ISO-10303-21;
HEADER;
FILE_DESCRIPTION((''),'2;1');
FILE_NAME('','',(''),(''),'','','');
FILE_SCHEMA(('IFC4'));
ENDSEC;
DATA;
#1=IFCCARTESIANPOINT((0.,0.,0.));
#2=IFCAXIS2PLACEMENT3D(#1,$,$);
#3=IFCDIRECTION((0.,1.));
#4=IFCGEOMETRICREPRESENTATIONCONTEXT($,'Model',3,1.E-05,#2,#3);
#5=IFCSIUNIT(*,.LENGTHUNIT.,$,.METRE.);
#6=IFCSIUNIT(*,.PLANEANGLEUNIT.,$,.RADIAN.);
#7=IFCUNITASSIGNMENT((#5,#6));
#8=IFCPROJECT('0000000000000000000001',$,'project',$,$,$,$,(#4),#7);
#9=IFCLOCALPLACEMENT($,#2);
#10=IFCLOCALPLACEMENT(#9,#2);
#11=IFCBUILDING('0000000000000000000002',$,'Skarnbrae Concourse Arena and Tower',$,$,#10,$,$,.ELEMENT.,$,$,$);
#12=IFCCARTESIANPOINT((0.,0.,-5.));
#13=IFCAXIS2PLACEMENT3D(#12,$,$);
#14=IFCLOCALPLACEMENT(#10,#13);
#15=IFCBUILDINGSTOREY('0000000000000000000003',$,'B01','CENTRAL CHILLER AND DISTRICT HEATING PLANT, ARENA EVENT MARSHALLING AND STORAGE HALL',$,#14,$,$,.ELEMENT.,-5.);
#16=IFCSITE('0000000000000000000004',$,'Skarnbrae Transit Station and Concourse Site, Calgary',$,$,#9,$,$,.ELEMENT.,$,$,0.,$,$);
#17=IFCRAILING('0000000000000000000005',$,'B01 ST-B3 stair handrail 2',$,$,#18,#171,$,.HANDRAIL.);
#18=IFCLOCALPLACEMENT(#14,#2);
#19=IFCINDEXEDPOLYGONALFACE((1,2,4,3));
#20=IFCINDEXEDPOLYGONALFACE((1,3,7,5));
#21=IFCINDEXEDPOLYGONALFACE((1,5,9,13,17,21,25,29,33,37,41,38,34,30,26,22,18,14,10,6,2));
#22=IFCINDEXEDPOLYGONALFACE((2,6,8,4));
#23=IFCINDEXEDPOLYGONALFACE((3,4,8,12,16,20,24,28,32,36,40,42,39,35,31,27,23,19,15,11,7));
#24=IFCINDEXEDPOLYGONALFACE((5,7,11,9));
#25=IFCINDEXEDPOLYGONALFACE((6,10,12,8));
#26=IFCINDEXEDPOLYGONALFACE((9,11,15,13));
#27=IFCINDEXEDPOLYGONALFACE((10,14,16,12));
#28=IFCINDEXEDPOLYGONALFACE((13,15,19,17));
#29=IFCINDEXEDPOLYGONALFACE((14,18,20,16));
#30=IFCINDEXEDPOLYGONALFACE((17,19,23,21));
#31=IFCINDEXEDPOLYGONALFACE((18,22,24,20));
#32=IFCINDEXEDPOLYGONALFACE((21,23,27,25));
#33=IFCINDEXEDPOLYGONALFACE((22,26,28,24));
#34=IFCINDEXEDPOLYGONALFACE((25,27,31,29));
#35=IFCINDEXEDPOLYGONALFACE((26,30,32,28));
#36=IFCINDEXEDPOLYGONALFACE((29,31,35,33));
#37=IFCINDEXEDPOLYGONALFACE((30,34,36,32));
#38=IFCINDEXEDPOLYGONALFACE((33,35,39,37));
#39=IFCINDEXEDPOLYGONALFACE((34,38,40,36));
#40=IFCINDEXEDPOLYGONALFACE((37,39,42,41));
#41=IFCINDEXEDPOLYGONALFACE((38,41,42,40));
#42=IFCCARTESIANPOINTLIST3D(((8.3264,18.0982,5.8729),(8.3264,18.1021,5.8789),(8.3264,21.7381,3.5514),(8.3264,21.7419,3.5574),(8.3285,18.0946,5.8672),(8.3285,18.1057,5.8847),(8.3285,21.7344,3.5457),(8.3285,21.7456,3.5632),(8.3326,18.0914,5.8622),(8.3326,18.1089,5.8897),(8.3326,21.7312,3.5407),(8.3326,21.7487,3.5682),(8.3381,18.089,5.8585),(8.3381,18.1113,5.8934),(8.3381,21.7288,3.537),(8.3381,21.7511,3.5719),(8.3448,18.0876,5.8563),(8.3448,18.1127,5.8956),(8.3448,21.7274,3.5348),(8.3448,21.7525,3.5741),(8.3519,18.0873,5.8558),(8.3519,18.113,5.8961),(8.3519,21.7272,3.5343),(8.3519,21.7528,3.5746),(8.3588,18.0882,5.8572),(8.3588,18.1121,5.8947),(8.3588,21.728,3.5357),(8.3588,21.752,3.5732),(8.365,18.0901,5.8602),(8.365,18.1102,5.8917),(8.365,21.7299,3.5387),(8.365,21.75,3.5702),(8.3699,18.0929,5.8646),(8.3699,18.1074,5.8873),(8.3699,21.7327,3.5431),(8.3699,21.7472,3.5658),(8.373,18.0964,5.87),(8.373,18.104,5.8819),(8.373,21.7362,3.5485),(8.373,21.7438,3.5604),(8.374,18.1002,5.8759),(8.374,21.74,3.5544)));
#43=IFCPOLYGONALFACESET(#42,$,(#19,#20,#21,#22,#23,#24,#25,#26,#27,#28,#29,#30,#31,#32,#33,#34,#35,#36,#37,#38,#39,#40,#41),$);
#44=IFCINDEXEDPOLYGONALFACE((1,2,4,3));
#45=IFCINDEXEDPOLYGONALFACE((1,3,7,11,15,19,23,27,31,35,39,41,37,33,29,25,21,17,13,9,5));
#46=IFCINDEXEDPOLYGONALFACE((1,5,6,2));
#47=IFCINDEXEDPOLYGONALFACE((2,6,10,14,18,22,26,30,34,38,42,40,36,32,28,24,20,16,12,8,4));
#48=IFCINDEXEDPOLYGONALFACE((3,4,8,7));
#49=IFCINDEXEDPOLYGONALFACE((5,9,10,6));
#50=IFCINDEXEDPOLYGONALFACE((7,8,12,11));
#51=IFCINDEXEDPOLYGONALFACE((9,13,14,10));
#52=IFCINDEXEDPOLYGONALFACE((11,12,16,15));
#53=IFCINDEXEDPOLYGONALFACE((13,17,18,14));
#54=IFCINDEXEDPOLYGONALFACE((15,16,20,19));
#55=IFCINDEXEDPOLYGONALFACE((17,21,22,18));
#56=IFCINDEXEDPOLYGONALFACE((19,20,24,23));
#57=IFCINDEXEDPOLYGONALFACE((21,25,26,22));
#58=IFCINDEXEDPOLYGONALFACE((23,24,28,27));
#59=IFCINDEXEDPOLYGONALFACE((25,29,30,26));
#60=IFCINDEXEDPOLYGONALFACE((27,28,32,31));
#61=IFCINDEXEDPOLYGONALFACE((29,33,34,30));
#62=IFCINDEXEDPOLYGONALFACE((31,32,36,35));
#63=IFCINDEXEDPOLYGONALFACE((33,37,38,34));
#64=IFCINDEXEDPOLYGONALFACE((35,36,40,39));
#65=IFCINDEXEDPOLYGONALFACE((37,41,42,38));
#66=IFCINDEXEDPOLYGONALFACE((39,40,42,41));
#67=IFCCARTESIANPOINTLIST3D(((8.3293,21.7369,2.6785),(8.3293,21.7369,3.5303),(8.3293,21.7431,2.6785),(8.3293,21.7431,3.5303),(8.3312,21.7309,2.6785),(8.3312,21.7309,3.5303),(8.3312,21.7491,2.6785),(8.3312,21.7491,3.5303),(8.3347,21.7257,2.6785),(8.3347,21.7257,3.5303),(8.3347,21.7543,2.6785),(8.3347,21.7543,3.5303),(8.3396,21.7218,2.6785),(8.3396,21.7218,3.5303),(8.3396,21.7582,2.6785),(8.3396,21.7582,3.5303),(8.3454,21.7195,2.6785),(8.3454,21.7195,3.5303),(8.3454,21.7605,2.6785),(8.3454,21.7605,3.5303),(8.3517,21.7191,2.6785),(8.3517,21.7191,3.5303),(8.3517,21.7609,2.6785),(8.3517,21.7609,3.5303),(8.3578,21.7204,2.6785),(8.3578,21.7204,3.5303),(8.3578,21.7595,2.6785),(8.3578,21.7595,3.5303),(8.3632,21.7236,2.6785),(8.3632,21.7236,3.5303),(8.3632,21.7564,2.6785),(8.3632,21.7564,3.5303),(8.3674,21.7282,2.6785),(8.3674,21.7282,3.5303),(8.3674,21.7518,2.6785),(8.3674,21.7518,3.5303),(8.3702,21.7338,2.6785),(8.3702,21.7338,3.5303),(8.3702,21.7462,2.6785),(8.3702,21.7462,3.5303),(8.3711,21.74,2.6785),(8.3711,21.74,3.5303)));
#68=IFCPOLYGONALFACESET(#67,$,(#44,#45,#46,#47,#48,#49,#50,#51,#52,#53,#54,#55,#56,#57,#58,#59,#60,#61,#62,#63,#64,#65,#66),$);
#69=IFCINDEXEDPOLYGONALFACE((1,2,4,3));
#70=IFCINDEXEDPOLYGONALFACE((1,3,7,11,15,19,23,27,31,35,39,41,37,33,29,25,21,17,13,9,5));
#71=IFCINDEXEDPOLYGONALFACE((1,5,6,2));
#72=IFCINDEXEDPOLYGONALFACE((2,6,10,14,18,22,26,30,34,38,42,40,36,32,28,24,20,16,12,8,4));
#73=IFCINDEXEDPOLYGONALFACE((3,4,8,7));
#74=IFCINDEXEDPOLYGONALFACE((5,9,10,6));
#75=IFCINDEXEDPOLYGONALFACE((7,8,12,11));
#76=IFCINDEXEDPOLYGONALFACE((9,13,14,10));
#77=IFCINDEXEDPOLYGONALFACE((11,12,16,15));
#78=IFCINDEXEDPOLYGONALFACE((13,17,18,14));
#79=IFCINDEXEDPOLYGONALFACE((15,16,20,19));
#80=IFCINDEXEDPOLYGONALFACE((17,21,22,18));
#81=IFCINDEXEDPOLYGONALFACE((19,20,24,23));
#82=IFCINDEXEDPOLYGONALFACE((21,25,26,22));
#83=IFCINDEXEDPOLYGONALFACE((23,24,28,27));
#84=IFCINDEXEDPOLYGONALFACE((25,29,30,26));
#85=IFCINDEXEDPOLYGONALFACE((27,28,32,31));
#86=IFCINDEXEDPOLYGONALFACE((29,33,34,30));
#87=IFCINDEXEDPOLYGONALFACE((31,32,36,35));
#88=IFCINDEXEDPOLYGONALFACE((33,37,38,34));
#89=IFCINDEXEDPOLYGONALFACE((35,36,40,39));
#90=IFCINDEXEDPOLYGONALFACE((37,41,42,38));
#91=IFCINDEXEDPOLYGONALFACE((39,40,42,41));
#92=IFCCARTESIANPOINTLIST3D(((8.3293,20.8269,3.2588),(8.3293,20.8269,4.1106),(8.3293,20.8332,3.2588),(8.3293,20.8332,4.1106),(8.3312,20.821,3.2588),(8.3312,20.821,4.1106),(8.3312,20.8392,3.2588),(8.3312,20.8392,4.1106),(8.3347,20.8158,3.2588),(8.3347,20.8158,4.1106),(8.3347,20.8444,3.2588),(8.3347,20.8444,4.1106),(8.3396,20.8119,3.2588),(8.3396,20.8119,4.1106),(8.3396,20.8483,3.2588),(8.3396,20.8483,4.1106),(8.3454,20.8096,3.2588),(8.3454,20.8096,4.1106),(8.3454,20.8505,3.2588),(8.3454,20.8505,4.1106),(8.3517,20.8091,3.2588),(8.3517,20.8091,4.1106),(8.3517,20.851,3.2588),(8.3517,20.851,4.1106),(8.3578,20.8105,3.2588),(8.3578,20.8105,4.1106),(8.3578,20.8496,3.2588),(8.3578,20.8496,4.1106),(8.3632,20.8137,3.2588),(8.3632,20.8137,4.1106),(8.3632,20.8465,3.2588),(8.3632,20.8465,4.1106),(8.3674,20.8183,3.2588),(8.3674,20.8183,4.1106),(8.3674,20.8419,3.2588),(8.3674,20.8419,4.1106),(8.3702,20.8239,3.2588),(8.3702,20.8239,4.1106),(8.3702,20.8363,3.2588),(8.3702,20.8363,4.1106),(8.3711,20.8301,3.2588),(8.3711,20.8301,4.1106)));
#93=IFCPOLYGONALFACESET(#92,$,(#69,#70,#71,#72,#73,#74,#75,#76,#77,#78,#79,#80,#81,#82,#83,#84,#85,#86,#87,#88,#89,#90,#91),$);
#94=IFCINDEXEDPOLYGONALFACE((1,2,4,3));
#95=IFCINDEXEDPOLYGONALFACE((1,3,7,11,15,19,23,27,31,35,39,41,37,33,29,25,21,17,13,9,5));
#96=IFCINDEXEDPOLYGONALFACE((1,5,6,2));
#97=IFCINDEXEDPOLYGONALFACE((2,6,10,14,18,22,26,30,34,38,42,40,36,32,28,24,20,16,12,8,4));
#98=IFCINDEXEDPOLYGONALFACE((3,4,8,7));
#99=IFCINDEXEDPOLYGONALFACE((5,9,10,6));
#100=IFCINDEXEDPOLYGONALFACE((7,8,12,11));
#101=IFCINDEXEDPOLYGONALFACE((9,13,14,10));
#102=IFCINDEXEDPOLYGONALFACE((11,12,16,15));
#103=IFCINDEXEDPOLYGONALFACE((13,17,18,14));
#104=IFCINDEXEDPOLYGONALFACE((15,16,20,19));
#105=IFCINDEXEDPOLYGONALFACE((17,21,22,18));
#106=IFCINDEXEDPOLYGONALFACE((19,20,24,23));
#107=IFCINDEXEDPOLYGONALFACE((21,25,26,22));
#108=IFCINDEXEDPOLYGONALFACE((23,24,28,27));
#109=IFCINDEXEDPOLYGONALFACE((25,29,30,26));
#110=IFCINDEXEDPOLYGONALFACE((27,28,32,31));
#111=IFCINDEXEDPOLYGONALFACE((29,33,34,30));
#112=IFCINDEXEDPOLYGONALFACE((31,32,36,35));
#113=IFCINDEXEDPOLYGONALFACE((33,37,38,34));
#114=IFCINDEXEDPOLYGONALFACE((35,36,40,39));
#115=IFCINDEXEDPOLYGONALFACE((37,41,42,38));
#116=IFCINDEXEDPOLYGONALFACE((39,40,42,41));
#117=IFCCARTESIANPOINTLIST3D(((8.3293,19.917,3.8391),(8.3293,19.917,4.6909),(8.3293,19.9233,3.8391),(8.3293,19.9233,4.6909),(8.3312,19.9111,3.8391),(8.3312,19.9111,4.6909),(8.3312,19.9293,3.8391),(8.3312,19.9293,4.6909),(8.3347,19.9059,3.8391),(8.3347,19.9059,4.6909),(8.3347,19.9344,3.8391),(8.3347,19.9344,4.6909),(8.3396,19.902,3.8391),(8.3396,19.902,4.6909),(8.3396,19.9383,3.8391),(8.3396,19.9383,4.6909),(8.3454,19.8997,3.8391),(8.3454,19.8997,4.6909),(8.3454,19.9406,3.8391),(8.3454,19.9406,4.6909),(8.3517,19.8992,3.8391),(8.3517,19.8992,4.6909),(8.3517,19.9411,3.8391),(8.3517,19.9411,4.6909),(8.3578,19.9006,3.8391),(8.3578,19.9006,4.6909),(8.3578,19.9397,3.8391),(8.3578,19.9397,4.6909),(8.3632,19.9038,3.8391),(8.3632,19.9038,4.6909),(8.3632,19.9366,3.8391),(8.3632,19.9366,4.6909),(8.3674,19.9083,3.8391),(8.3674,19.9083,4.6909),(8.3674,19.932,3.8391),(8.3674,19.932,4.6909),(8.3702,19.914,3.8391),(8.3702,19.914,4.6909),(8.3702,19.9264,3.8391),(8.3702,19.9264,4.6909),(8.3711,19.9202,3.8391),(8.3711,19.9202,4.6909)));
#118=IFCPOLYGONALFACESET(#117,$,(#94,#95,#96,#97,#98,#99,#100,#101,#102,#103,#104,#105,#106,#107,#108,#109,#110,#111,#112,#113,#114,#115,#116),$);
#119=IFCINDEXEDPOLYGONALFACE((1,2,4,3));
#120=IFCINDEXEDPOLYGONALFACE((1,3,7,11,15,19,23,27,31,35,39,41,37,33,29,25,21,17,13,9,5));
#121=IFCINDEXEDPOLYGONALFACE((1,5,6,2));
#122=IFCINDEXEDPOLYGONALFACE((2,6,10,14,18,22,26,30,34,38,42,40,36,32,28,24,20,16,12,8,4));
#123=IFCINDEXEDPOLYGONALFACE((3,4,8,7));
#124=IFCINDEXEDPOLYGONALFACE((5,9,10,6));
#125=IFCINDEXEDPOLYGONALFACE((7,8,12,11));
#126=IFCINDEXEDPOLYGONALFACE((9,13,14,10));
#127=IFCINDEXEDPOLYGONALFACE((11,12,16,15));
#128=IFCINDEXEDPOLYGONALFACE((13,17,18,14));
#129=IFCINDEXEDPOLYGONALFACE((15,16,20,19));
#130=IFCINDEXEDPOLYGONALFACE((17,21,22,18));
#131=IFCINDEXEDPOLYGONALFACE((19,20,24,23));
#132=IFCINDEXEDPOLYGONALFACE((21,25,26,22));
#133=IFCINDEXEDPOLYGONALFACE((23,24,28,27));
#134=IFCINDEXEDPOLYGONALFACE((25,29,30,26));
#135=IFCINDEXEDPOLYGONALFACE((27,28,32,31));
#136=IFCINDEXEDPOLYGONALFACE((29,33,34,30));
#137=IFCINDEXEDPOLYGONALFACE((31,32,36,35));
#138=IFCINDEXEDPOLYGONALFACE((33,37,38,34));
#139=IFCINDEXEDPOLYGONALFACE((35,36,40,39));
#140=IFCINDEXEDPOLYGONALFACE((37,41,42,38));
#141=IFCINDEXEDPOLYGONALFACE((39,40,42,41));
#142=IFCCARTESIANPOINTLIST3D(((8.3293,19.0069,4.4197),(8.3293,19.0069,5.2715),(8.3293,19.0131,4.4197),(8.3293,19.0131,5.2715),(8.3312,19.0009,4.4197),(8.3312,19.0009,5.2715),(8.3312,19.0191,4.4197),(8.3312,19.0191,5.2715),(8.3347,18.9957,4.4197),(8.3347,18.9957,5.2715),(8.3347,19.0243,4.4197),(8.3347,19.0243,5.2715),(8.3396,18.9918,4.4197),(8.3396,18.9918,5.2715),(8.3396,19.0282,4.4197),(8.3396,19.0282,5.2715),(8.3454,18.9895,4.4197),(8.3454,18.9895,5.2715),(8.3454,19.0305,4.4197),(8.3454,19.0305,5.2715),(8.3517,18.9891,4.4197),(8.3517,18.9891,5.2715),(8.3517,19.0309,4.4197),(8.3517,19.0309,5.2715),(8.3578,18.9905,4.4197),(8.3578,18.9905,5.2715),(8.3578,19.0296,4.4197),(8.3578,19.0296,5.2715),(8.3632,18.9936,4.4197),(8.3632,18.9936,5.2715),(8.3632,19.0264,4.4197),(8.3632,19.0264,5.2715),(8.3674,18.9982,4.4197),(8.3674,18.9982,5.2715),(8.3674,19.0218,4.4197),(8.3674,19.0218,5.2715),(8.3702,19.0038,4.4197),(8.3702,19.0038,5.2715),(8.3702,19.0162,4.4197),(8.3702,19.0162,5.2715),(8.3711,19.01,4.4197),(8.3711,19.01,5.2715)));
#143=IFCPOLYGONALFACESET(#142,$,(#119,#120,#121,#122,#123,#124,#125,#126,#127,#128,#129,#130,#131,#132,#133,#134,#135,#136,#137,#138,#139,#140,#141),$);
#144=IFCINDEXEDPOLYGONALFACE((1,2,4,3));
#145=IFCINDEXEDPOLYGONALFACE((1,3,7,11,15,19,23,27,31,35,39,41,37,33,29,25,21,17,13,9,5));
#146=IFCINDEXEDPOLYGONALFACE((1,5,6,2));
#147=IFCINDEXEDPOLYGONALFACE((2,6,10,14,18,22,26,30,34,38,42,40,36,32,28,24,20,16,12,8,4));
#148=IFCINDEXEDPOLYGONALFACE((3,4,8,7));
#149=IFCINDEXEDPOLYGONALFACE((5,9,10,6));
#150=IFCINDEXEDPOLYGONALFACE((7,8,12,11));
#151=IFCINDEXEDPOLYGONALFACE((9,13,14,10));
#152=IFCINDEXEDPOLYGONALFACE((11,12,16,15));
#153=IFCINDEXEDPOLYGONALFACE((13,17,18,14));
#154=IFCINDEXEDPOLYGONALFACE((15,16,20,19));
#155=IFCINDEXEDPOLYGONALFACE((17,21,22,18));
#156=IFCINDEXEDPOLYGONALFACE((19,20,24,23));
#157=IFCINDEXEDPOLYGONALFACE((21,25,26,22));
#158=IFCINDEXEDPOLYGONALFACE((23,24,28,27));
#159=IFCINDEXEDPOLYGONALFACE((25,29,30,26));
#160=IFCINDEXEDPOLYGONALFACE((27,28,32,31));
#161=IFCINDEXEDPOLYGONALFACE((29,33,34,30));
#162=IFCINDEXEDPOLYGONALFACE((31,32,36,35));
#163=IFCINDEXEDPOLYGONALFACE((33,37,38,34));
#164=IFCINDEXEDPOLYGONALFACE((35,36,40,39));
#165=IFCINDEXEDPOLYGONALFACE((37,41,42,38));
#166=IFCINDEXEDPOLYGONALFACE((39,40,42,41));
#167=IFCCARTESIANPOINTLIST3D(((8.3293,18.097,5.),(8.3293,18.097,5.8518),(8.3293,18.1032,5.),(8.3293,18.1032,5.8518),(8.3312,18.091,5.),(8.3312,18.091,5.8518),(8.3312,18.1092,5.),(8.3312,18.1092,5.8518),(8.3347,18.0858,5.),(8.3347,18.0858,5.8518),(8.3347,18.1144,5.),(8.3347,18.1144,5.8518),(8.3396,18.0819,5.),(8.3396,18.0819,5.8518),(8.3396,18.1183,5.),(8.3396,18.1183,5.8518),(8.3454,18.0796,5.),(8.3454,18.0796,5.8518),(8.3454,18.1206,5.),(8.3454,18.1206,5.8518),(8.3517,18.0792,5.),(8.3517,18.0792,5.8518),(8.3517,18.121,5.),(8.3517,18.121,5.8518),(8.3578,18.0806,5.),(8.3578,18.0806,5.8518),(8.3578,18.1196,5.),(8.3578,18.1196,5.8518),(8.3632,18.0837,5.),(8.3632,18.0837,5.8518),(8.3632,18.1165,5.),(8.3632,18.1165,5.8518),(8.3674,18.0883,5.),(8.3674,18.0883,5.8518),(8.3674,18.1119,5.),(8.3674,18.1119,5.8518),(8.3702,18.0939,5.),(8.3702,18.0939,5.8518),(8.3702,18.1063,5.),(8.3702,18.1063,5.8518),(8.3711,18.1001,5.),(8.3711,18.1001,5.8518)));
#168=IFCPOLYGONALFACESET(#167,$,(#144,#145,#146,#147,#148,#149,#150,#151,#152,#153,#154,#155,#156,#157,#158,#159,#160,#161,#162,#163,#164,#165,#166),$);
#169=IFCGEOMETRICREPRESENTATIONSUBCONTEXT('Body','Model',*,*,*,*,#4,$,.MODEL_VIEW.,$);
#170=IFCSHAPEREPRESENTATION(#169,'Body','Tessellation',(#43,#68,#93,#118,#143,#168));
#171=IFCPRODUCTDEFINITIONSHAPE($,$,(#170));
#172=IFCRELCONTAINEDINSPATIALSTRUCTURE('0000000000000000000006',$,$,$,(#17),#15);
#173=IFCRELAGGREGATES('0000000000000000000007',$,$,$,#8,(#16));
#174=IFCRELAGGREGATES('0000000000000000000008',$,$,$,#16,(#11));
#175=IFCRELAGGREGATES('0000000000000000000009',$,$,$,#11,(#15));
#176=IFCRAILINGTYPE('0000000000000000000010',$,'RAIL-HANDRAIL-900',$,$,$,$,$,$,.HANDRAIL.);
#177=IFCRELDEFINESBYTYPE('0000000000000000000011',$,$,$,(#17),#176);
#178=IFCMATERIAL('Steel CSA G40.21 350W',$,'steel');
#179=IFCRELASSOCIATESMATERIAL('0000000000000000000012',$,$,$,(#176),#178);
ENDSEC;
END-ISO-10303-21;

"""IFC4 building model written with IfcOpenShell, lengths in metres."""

from ifc_helpers import new_model, si_unit, direction, frame, origin, origin_2d, place, context, subcontext, project, spatial, circle, extrude, material, type_object, element, save


model = new_model("IFC4")

# Units and contexts
model_context = context("Model", 3, precision=1e-05, world=origin(), true_north=direction((0.0, 1.0)))
body_context = subcontext(model_context, "Body", "Model", "MODEL_VIEW")
ifc_project = project(units=[si_unit("LENGTHUNIT", "METRE"), si_unit("PLANEANGLEUNIT", "RADIAN")], contexts=[model_context])

# Site, building, storey
site_placement = place(None, origin())
site = spatial("IfcSite", under=ifc_project, at=site_placement, Name="Skarnbrae Transit Station and Concourse Site, Calgary", CompositionType="ELEMENT", RefElevation=0.0)
building_placement = place(site_placement, origin())
building = spatial("IfcBuilding", under=site, at=building_placement, Name="Skarnbrae Concourse Arena and Tower", CompositionType="ELEMENT")
storey_placement = place(building_placement, frame((0.0, 0.0, -5.0)))
storey = spatial("IfcBuildingStorey", under=building, at=storey_placement, Name="B01", Description="CENTRAL CHILLER AND DISTRICT HEATING PLANT, ARENA EVENT MARSHALLING AND STORAGE HALL", CompositionType="ELEMENT", Elevation=-5.0)

# Shared definitions
ifc_material_1 = material(Name="Steel CSA G40.21 350W", Category="steel")

# Railing
railing_type_1 = type_object("IfcRailingType", Name="RAIL-HANDRAIL-900", PredefinedType="HANDRAIL", material=ifc_material_1)
railing_1_placement = place(storey_placement, frame((8.3501, 21.74, 2.6785)))
element("IfcRailing", 1, at=railing_1_placement, inside=storey, type_object=railing_type_1, Name="B01 ST-B3 stair handrail 2", PredefinedType="HANDRAIL", context=body_context, shape_type="SweptSolid", body=[
    extrude(circle(Radius=0.0239, at=origin_2d()), frame((0.0, 0.0, 0.876), z_axis=(0.0, -0.843112, 0.537739), x_axis=(1.0, 0.0, 0.0)), (0.0, 0.0, 1.0), 4.3171),
    extrude(circle(Radius=0.021, at=origin_2d()), origin(), (0.0, 0.0, 1.0), 0.8518),
    extrude(circle(Radius=0.021, at=origin_2d()), frame((0.0, -0.9099, 0.5803)), (0.0, 0.0, 1.0), 0.8518),
    extrude(circle(Radius=0.021, at=origin_2d()), frame((0.0, -1.8198, 1.1606)), (0.0, 0.0, 1.0), 0.8518),
    extrude(circle(Radius=0.021, at=origin_2d()), frame((0.0, -2.73, 1.7412)), (0.0, 0.0, 1.0), 0.8518),
    extrude(circle(Radius=0.021, at=origin_2d()), frame((0.0, -3.6399, 2.3215)), (0.0, 0.0, 1.0), 0.8518),
])

save(model, "model.ifc")
